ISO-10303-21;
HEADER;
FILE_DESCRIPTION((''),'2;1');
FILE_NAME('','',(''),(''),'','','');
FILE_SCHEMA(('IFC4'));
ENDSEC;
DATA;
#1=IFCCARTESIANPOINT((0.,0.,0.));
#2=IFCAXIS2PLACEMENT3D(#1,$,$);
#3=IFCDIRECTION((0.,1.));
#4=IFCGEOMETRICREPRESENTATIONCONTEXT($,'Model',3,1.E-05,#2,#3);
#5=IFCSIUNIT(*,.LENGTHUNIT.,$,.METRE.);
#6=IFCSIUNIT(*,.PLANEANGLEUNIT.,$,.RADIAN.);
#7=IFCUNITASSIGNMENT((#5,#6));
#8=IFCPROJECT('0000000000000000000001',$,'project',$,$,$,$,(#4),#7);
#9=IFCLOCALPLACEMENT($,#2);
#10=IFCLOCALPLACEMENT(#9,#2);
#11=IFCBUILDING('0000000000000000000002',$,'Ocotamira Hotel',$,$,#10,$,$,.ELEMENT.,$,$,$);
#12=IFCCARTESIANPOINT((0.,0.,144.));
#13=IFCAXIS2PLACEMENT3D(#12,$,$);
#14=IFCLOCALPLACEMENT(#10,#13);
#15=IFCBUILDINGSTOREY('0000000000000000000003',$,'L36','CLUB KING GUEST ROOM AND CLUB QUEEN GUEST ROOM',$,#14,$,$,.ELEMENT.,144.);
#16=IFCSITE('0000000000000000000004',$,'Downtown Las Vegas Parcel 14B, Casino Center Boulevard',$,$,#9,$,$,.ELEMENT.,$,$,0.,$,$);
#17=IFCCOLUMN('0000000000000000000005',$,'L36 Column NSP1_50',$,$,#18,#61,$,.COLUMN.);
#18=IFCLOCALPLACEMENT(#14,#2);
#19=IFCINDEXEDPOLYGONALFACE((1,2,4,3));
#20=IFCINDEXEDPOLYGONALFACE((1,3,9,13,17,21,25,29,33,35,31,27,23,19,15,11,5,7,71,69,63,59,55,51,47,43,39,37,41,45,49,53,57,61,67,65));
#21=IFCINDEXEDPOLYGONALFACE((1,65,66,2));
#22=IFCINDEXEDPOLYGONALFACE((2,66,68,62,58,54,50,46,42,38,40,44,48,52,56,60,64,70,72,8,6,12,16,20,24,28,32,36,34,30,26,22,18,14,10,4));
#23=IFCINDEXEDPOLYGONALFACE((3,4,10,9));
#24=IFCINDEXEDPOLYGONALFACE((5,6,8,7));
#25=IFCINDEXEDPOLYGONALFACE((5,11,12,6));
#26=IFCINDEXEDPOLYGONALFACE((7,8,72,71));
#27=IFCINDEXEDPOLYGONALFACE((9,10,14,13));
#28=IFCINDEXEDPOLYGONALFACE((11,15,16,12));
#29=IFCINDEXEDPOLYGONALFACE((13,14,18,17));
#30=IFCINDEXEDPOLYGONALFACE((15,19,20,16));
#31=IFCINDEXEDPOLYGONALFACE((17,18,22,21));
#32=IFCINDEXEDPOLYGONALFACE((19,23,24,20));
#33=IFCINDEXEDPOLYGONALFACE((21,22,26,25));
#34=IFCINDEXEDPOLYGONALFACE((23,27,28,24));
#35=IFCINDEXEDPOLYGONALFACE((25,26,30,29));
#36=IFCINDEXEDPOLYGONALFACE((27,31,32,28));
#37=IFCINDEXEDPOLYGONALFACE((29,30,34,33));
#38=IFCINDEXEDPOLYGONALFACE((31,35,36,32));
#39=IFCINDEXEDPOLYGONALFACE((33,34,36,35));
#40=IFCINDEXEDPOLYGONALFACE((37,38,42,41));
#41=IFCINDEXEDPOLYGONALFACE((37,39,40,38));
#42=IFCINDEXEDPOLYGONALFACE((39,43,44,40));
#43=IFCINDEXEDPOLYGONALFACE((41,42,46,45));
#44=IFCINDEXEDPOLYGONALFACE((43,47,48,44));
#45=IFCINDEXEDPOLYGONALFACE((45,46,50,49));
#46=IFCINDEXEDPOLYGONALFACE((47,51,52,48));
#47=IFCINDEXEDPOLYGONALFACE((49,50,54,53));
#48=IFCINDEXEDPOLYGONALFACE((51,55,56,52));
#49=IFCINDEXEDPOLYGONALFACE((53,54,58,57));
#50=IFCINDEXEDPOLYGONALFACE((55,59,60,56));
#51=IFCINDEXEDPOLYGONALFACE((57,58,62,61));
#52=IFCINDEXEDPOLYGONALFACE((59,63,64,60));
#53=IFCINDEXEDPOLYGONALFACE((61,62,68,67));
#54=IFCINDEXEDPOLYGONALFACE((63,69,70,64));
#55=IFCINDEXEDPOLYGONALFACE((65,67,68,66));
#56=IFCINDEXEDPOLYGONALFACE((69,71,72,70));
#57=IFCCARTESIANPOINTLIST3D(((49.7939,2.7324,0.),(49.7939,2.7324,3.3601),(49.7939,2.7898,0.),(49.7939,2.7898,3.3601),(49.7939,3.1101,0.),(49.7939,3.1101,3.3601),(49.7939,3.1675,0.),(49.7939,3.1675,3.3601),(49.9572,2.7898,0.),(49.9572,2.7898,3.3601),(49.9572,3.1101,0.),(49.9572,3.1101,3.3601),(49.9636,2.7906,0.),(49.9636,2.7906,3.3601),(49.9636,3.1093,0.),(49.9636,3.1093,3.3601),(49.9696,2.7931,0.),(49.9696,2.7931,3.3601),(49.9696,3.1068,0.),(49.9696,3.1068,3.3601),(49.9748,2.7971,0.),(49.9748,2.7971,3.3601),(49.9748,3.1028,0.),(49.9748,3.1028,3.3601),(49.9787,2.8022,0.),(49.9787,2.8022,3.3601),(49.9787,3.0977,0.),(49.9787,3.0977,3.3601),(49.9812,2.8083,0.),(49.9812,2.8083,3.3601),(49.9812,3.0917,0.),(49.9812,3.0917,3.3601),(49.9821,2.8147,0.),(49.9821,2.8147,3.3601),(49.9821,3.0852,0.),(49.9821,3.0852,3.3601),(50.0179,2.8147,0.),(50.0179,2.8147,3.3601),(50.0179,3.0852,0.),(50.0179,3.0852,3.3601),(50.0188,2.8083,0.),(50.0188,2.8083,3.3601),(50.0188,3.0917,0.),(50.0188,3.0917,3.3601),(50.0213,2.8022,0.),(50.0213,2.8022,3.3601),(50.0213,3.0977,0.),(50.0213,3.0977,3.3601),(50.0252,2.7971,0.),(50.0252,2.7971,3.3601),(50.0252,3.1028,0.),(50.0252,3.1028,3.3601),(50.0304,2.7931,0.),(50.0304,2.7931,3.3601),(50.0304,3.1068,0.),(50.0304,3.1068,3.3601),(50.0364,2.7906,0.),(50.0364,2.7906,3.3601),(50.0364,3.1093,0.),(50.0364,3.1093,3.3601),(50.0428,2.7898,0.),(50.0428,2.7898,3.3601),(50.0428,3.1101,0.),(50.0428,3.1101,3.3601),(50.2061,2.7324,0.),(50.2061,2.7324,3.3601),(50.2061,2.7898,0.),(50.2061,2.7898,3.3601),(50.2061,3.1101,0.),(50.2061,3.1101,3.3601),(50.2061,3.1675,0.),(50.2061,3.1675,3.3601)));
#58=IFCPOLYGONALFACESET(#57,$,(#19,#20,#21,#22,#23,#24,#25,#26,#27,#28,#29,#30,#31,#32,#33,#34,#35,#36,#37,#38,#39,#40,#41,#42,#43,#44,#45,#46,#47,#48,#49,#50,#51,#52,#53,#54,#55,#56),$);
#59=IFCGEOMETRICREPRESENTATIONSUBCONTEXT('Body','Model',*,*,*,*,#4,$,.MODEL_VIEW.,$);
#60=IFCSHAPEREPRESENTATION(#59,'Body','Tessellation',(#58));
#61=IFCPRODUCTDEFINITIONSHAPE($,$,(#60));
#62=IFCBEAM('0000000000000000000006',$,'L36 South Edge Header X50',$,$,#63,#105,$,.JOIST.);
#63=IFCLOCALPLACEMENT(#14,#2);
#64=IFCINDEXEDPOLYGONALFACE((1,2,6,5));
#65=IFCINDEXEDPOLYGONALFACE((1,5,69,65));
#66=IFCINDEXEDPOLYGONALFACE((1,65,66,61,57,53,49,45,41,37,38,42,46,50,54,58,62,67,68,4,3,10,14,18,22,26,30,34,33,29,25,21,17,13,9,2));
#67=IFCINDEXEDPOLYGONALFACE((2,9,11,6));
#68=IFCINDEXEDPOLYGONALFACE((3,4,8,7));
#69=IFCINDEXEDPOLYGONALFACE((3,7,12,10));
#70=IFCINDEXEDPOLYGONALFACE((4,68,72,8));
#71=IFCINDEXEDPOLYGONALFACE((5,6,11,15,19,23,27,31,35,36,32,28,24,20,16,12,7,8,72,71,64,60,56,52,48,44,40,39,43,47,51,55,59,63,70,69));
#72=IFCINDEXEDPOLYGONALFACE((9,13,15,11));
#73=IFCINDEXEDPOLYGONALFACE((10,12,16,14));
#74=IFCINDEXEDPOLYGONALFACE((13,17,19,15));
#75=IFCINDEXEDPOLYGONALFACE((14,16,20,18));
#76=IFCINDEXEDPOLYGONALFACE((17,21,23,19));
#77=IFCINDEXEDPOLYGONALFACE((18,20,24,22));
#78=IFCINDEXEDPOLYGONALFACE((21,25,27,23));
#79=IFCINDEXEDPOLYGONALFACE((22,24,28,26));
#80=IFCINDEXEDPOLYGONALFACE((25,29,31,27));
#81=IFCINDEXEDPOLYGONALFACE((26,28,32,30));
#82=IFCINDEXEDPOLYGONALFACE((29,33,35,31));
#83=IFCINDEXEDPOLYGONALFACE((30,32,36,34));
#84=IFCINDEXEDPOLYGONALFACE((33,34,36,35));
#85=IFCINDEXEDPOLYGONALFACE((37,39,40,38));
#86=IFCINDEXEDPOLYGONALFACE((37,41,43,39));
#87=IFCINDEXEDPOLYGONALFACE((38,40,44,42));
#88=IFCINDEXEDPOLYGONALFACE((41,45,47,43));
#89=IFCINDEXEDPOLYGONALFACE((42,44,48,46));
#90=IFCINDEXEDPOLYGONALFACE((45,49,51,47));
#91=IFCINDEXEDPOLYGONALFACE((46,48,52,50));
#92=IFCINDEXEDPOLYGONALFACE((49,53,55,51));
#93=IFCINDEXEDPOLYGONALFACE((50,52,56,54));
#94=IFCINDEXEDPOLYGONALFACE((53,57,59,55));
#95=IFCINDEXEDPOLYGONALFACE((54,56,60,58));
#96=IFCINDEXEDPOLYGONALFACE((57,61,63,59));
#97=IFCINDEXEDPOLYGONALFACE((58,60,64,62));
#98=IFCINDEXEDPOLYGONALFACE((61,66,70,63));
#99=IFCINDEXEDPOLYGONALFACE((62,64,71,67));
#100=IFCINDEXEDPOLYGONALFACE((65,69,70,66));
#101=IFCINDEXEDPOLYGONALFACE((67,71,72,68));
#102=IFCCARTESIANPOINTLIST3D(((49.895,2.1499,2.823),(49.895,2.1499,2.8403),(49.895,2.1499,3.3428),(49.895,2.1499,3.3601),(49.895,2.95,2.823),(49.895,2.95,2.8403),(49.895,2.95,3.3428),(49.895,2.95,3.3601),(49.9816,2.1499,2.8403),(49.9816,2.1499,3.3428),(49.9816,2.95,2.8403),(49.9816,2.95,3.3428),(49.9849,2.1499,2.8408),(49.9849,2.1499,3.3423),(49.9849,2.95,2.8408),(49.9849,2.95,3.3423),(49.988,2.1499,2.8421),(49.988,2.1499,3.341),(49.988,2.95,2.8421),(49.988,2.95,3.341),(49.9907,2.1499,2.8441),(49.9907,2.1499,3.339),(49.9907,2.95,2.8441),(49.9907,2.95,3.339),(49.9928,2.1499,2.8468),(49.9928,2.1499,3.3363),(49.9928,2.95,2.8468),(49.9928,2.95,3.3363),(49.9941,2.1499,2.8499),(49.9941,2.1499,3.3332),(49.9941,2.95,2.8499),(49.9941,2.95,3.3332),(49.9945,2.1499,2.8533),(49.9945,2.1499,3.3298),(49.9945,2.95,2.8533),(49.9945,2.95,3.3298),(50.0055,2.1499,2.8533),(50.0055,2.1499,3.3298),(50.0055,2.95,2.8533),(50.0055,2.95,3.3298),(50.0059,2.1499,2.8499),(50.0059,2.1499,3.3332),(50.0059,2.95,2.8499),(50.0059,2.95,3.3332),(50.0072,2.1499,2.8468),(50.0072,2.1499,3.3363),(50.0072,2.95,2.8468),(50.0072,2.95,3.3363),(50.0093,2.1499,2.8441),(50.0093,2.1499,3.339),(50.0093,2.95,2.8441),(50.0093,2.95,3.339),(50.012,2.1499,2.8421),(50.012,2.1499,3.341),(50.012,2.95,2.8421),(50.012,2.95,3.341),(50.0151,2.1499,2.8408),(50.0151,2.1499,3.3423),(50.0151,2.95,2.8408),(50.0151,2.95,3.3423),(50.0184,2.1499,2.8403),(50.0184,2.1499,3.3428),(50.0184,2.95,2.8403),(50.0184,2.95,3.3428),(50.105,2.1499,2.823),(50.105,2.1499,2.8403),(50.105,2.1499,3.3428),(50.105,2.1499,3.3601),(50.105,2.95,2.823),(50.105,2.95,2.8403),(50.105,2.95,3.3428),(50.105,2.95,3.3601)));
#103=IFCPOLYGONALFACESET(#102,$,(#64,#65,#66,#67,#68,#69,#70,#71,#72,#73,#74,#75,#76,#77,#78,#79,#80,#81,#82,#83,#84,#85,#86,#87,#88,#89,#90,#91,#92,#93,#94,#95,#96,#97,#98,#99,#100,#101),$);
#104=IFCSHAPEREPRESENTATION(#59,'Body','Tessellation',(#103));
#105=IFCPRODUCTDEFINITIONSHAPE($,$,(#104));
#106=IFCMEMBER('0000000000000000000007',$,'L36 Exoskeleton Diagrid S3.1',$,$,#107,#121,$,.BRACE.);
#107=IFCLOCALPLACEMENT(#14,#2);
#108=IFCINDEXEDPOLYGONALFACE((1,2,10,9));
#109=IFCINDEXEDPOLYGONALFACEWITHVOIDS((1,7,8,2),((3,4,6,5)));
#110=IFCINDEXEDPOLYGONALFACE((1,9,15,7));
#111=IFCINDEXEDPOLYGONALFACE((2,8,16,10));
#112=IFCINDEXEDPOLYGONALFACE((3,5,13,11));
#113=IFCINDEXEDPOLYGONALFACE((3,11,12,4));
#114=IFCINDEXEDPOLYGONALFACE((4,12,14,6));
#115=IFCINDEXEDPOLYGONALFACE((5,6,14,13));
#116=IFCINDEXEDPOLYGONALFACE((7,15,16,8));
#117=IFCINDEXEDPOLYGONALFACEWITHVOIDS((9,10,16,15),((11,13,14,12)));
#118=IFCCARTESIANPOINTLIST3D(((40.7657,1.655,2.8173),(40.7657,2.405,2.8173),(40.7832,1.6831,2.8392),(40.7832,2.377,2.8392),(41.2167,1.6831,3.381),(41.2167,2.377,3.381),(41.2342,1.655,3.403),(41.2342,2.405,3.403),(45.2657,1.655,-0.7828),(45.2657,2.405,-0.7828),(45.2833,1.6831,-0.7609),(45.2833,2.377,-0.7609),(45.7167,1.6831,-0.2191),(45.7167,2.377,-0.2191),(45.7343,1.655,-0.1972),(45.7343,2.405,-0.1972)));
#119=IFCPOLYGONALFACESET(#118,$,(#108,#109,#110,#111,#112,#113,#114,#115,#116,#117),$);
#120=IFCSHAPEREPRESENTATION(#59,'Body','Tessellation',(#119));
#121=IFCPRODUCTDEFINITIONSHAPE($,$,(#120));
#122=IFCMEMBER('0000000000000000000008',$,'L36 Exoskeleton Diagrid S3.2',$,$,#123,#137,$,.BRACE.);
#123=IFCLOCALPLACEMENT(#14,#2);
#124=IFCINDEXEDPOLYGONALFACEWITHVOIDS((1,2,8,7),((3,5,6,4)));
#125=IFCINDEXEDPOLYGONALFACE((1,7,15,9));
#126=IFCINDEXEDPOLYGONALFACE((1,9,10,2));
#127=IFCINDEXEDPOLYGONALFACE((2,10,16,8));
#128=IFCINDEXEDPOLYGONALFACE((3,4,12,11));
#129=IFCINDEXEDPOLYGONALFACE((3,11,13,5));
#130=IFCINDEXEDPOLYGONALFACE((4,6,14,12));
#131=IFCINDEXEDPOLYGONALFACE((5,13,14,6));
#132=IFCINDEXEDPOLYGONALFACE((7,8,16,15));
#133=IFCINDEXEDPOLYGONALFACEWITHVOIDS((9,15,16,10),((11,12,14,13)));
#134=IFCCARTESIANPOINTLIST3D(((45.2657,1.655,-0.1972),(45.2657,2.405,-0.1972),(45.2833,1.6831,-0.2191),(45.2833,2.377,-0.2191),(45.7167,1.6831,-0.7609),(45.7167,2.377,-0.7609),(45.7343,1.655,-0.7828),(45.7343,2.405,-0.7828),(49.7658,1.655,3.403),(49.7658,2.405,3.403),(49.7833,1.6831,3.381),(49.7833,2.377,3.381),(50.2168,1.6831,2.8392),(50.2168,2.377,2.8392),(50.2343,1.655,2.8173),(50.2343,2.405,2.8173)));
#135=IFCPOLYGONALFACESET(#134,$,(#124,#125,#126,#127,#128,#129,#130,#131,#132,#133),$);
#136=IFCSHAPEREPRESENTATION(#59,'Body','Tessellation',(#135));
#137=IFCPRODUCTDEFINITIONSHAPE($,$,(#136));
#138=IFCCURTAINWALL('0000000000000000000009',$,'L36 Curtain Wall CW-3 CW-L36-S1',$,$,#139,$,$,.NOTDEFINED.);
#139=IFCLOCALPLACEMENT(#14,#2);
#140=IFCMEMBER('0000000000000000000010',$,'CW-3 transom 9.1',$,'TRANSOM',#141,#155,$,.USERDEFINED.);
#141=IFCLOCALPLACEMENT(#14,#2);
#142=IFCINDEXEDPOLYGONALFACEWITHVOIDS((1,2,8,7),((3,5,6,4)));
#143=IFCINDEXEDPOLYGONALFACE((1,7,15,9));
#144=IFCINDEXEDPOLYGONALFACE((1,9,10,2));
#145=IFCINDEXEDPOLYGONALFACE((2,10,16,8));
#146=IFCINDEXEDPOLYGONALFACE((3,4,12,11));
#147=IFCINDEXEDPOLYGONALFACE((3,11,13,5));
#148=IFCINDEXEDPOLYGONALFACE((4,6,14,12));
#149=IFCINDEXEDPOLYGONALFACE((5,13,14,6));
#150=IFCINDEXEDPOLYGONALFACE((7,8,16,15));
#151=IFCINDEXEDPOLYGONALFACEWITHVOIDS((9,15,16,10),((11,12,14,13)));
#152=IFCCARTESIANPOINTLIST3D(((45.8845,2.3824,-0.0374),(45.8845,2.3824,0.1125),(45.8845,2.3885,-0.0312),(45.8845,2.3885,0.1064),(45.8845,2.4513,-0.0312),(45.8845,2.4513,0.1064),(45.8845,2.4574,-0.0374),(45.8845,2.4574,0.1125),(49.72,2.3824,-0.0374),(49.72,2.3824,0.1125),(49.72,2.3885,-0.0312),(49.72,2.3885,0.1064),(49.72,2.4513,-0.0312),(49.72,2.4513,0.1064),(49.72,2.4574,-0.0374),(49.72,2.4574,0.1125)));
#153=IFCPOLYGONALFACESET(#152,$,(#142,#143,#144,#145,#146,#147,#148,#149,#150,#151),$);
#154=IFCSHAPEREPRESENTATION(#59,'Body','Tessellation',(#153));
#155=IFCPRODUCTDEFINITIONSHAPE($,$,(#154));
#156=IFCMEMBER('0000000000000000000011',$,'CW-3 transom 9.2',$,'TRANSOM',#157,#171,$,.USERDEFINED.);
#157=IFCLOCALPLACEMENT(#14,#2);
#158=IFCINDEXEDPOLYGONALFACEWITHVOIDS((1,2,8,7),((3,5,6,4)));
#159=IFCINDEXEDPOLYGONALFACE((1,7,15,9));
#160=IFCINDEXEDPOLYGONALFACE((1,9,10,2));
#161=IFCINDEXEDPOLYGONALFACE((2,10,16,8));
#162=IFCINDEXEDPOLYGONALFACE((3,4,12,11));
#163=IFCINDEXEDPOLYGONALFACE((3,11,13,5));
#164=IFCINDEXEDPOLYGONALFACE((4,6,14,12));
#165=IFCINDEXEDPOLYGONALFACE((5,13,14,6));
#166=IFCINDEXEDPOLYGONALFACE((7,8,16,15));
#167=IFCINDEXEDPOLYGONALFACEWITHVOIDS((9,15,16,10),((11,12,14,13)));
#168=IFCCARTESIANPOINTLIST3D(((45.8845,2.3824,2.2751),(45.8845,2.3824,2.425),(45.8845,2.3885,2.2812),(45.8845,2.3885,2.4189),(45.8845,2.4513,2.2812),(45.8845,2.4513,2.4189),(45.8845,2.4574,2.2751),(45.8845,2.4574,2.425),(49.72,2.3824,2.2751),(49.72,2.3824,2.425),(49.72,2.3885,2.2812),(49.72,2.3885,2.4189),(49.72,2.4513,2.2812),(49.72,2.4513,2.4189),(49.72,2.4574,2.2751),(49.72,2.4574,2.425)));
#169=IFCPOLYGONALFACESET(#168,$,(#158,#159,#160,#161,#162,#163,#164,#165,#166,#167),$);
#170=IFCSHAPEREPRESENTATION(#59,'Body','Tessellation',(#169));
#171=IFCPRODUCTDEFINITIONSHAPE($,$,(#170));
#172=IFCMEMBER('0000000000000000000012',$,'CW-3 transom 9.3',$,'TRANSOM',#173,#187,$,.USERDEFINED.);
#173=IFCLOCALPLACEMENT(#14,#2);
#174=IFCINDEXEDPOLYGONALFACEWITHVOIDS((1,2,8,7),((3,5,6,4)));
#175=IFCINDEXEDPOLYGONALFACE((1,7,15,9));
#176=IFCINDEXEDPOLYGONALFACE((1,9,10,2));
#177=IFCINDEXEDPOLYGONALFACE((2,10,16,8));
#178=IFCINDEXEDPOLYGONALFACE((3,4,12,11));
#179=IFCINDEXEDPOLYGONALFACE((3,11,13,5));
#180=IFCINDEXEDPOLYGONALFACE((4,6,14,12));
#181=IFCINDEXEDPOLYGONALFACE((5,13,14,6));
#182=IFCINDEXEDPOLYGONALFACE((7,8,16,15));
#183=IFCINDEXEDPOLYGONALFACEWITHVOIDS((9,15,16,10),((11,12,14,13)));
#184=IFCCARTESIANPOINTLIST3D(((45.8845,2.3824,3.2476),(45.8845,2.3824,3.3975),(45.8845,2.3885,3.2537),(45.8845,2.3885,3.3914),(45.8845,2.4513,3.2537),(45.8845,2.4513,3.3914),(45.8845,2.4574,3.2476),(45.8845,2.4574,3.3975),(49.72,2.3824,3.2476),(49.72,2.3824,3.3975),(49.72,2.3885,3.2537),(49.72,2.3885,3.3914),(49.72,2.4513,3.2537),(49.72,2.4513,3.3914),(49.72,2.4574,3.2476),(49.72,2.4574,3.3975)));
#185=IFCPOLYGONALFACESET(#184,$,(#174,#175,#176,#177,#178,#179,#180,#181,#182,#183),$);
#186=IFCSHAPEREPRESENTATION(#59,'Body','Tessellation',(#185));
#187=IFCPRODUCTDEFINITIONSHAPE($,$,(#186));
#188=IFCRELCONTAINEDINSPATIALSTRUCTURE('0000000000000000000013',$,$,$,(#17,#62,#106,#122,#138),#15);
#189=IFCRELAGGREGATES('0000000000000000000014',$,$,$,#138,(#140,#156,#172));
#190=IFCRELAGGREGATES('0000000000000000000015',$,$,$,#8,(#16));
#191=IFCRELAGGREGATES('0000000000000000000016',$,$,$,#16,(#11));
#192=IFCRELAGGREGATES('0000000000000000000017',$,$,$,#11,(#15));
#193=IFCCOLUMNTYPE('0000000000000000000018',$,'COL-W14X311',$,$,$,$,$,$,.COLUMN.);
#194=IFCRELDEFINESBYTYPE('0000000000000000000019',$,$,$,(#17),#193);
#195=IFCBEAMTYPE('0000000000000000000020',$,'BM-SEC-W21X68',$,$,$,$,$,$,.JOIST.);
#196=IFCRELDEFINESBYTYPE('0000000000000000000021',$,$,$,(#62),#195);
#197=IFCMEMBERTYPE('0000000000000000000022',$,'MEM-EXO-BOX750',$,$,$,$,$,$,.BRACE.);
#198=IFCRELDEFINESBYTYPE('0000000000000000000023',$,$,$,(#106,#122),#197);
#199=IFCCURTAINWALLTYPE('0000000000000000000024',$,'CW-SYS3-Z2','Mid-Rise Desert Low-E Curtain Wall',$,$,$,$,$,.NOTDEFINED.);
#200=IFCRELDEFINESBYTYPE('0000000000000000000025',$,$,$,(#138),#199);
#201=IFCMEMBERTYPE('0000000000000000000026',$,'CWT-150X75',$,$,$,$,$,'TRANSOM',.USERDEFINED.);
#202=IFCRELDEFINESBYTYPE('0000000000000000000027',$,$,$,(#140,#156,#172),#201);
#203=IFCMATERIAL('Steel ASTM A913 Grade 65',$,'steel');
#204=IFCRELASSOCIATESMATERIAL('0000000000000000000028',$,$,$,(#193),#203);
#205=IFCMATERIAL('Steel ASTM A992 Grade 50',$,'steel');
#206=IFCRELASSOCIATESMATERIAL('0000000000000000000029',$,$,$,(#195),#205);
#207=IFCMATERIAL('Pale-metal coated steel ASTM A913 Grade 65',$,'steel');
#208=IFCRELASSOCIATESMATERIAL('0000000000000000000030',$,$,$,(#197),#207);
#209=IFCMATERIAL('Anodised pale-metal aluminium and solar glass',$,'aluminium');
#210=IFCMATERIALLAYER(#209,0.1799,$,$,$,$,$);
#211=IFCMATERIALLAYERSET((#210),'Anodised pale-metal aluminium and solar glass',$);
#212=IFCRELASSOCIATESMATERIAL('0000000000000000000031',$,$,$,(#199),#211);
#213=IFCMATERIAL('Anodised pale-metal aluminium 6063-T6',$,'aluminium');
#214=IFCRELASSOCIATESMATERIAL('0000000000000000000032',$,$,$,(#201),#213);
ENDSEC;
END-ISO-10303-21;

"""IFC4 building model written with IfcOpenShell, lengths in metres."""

from ifc_helpers import new_model, si_unit, direction, frame, origin, origin_2d, place, context, subcontext, project, spatial, hollow_rectangle, i_section, extrude, source, transform, mapped, material, layer, layer_set, material_profile, profile_set, type_object, element, aggregate, save


model = new_model("IFC4")

# Units and contexts
model_context = context("Model", 3, precision=1e-05, world=origin(), true_north=direction((0.0, 1.0)))
body_context = subcontext(model_context, "Body", "Model", "MODEL_VIEW")
ifc_project = project(units=[si_unit("LENGTHUNIT", "METRE"), si_unit("PLANEANGLEUNIT", "RADIAN")], contexts=[model_context])

# Site, building, storey
site_placement = place(None, origin())
site = spatial("IfcSite", under=ifc_project, at=site_placement, Name="Downtown Las Vegas Parcel 14B, Casino Center Boulevard", CompositionType="ELEMENT", RefElevation=0.0)
building_placement = place(site_placement, origin())
building = spatial("IfcBuilding", under=site, at=building_placement, Name="Ocotamira Hotel", CompositionType="ELEMENT")
storey_placement = place(building_placement, frame((0.0, 0.0, 144.0)))
storey = spatial("IfcBuildingStorey", under=building, at=storey_placement, Name="L36", Description="CLUB KING GUEST ROOM AND CLUB QUEEN GUEST ROOM", CompositionType="ELEMENT", Elevation=144.0)

# Column
ifc_material_1 = material(Name="Steel ASTM A913 Grade 65", Category="steel")
ifc_material_profile_1 = material_profile(ifc_material_1, i_section(OverallWidth=0.4121, OverallDepth=0.4351, WebThickness=0.0359, FlangeThickness=0.0574, FilletRadius=0.0249, at=origin_2d()), Name="W14X311")
ifc_profile_set_1 = profile_set([ifc_material_profile_1], Name="Steel ASTM A913 Grade 65")
column_type = type_object("IfcColumnType", Name="COL-W14X311", PredefinedType="COLUMN", material=ifc_profile_set_1)
shared_shape_1 = source(origin(), body_context, "Body", "SweptSolid", [
    extrude(i_section(OverallWidth=0.4121, OverallDepth=0.4351, WebThickness=0.0359, FlangeThickness=0.0574, FilletRadius=0.0249, at=origin_2d()), origin(), (0.0, 0.0, 1.0), 3.3601),
])
column_placement = place(storey_placement, frame((50.0, 2.95, 0.0), z_axis=(0.0, 0.0, 1.0), x_axis=(1.0, 0.0, 0.0)))
element("IfcColumn", 1, at=column_placement, inside=storey, type_object=column_type, Name="L36 Column NSP1_50", PredefinedType="COLUMN", context=body_context, shape_type="MappedRepresentation", body=[
    mapped(shared_shape_1, transform((0.0, 0.0, 0.0), scale=1.0)),
])

# Beam
ifc_material_2 = material(Name="Steel ASTM A992 Grade 50", Category="steel")
ifc_material_profile_2 = material_profile(ifc_material_2, i_section(OverallWidth=0.21, OverallDepth=0.5371, WebThickness=0.011, FlangeThickness=0.0173, FilletRadius=0.0129, at=origin_2d()), Name="W21X68")
ifc_profile_set_2 = profile_set([ifc_material_profile_2], Name="Steel ASTM A992 Grade 50")
beam_type = type_object("IfcBeamType", Name="BM-SEC-W21X68", PredefinedType="JOIST", material=ifc_profile_set_2)
shared_shape_2 = source(origin(), body_context, "Body", "SweptSolid", [
    extrude(i_section(OverallWidth=0.21, OverallDepth=0.5371, WebThickness=0.011, FlangeThickness=0.0173, FilletRadius=0.0129, at=origin_2d()), origin(), (0.0, 0.0, 1.0), 0.8),
])
beam_placement = place(storey_placement, frame((50.0, 2.95, 3.0916), z_axis=(0.0, -1.0, 0.0), x_axis=(1.0, 0.0, 0.0)))
element("IfcBeam", 2, at=beam_placement, inside=storey, type_object=beam_type, Name="L36 South Edge Header X50", PredefinedType="JOIST", context=body_context, shape_type="MappedRepresentation", body=[
    mapped(shared_shape_2, transform((0.0, 0.0, 0.0), scale=1.0)),
])

# Members
ifc_material_3 = material(Name="Pale-metal coated steel ASTM A913 Grade 65", Category="steel")
ifc_material_profile_3 = material_profile(ifc_material_3, hollow_rectangle(XDim=0.75, YDim=0.75, WallThickness=0.0281, at=origin_2d()), Name="BOX750X750X28")
ifc_profile_set_3 = profile_set([ifc_material_profile_3], Name="Pale-metal coated steel ASTM A913 Grade 65")
member_type_1 = type_object("IfcMemberType", Name="MEM-EXO-BOX750", PredefinedType="BRACE", material=ifc_profile_set_3)
shared_shape_3 = source(origin(), body_context, "Body", "SweptSolid", [
    extrude(hollow_rectangle(XDim=0.75, YDim=0.75, WallThickness=0.0281, at=origin_2d()), origin(), (0.0, 0.0, 1.0), 5.7629),
])
for number, where, z_axis, x_axis, name in (
    (3, (45.5, 2.03, -0.49), (-0.780861, 0.0, 0.624705), (0.0, -1.0, 0.0), "L36 Exoskeleton Diagrid S3.1"),
    (4, (45.5, 2.03, -0.49), (0.780861, 0.0, 0.624705), (0.0, 1.0, 0.0), "L36 Exoskeleton Diagrid S3.2"),
):
    element("IfcMember", number, at=place(storey_placement, frame(where, z_axis=z_axis, x_axis=x_axis)), inside=storey, type_object=member_type_1, Name=name, PredefinedType="BRACE", context=body_context, shape_type="MappedRepresentation", body=[
        mapped(shared_shape_3, transform((0.0, 0.0, 0.0), scale=1.0)),
    ])

# Curtain wall, members
ifc_material_4 = material(Name="Anodised pale-metal aluminium and solar glass", Category="aluminium")
ifc_layer_1 = layer(ifc_material_4, 0.1799)
ifc_layer_set_1 = layer_set([ifc_layer_1], Name="Anodised pale-metal aluminium and solar glass")
curtain_wall_type = type_object("IfcCurtainWallType", Name="CW-SYS3-Z2", Description="Mid-Rise Desert Low-E Curtain Wall", PredefinedType="NOTDEFINED", material=ifc_layer_set_1)
curtain_wall_1_placement = place(storey_placement, origin())
curtain_wall_1 = element("IfcCurtainWall", 5, at=curtain_wall_1_placement, inside=storey, type_object=curtain_wall_type, Name="L36 Curtain Wall CW-3 CW-L36-S1", PredefinedType="NOTDEFINED")
ifc_material_5 = material(Name="Anodised pale-metal aluminium 6063-T6", Category="aluminium")
ifc_material_profile_4 = material_profile(ifc_material_5, hollow_rectangle(XDim=0.075, YDim=0.1499, WallThickness=0.0061, at=origin_2d()), Name="HSS150X75X6")
ifc_profile_set_4 = profile_set([ifc_material_profile_4], Name="Anodised pale-metal aluminium 6063-T6")
member_type_2 = type_object("IfcMemberType", Name="CWT-150X75", ElementType="TRANSOM", PredefinedType="USERDEFINED", material=ifc_profile_set_4)
shared_shape_4 = source(origin(), body_context, "Body", "SweptSolid", [
    extrude(hollow_rectangle(XDim=0.075, YDim=0.1499, WallThickness=0.0061, at=origin_2d()), origin(), (0.0, 0.0, 1.0), 3.8354),
])
member_1_placement = place(storey_placement, frame((45.8845, 2.4199, 0.0376), z_axis=(1.0, 0.0, 0.0), x_axis=(0.0, 1.0, 0.0)))
member_1 = element("IfcMember", 6, at=member_1_placement, type_object=member_type_2, Name="CW-3 transom 9.1", ObjectType="TRANSOM", PredefinedType="USERDEFINED", context=body_context, shape_type="MappedRepresentation", body=[
    mapped(shared_shape_4, transform((0.0, 0.0, 0.0), scale=1.0)),
])
member_2_placement = place(storey_placement, frame((45.8845, 2.4199, 2.3501), z_axis=(1.0, 0.0, 0.0), x_axis=(0.0, 1.0, 0.0)))
member_2 = element("IfcMember", 7, at=member_2_placement, type_object=member_type_2, Name="CW-3 transom 9.2", ObjectType="TRANSOM", PredefinedType="USERDEFINED", context=body_context, shape_type="MappedRepresentation", body=[
    mapped(shared_shape_4, transform((0.0, 0.0, 0.0), scale=1.0)),
])
member_3_placement = place(storey_placement, frame((45.8845, 2.4199, 3.3225), z_axis=(1.0, 0.0, 0.0), x_axis=(0.0, 1.0, 0.0)))
member_3 = element("IfcMember", 8, at=member_3_placement, type_object=member_type_2, Name="CW-3 transom 9.3", ObjectType="TRANSOM", PredefinedType="USERDEFINED", context=body_context, shape_type="MappedRepresentation", body=[
    mapped(shared_shape_4, transform((0.0, 0.0, 0.0), scale=1.0)),
])

aggregate(curtain_wall_1, [member_1, member_2, member_3])

save(model, "model.ifc")
